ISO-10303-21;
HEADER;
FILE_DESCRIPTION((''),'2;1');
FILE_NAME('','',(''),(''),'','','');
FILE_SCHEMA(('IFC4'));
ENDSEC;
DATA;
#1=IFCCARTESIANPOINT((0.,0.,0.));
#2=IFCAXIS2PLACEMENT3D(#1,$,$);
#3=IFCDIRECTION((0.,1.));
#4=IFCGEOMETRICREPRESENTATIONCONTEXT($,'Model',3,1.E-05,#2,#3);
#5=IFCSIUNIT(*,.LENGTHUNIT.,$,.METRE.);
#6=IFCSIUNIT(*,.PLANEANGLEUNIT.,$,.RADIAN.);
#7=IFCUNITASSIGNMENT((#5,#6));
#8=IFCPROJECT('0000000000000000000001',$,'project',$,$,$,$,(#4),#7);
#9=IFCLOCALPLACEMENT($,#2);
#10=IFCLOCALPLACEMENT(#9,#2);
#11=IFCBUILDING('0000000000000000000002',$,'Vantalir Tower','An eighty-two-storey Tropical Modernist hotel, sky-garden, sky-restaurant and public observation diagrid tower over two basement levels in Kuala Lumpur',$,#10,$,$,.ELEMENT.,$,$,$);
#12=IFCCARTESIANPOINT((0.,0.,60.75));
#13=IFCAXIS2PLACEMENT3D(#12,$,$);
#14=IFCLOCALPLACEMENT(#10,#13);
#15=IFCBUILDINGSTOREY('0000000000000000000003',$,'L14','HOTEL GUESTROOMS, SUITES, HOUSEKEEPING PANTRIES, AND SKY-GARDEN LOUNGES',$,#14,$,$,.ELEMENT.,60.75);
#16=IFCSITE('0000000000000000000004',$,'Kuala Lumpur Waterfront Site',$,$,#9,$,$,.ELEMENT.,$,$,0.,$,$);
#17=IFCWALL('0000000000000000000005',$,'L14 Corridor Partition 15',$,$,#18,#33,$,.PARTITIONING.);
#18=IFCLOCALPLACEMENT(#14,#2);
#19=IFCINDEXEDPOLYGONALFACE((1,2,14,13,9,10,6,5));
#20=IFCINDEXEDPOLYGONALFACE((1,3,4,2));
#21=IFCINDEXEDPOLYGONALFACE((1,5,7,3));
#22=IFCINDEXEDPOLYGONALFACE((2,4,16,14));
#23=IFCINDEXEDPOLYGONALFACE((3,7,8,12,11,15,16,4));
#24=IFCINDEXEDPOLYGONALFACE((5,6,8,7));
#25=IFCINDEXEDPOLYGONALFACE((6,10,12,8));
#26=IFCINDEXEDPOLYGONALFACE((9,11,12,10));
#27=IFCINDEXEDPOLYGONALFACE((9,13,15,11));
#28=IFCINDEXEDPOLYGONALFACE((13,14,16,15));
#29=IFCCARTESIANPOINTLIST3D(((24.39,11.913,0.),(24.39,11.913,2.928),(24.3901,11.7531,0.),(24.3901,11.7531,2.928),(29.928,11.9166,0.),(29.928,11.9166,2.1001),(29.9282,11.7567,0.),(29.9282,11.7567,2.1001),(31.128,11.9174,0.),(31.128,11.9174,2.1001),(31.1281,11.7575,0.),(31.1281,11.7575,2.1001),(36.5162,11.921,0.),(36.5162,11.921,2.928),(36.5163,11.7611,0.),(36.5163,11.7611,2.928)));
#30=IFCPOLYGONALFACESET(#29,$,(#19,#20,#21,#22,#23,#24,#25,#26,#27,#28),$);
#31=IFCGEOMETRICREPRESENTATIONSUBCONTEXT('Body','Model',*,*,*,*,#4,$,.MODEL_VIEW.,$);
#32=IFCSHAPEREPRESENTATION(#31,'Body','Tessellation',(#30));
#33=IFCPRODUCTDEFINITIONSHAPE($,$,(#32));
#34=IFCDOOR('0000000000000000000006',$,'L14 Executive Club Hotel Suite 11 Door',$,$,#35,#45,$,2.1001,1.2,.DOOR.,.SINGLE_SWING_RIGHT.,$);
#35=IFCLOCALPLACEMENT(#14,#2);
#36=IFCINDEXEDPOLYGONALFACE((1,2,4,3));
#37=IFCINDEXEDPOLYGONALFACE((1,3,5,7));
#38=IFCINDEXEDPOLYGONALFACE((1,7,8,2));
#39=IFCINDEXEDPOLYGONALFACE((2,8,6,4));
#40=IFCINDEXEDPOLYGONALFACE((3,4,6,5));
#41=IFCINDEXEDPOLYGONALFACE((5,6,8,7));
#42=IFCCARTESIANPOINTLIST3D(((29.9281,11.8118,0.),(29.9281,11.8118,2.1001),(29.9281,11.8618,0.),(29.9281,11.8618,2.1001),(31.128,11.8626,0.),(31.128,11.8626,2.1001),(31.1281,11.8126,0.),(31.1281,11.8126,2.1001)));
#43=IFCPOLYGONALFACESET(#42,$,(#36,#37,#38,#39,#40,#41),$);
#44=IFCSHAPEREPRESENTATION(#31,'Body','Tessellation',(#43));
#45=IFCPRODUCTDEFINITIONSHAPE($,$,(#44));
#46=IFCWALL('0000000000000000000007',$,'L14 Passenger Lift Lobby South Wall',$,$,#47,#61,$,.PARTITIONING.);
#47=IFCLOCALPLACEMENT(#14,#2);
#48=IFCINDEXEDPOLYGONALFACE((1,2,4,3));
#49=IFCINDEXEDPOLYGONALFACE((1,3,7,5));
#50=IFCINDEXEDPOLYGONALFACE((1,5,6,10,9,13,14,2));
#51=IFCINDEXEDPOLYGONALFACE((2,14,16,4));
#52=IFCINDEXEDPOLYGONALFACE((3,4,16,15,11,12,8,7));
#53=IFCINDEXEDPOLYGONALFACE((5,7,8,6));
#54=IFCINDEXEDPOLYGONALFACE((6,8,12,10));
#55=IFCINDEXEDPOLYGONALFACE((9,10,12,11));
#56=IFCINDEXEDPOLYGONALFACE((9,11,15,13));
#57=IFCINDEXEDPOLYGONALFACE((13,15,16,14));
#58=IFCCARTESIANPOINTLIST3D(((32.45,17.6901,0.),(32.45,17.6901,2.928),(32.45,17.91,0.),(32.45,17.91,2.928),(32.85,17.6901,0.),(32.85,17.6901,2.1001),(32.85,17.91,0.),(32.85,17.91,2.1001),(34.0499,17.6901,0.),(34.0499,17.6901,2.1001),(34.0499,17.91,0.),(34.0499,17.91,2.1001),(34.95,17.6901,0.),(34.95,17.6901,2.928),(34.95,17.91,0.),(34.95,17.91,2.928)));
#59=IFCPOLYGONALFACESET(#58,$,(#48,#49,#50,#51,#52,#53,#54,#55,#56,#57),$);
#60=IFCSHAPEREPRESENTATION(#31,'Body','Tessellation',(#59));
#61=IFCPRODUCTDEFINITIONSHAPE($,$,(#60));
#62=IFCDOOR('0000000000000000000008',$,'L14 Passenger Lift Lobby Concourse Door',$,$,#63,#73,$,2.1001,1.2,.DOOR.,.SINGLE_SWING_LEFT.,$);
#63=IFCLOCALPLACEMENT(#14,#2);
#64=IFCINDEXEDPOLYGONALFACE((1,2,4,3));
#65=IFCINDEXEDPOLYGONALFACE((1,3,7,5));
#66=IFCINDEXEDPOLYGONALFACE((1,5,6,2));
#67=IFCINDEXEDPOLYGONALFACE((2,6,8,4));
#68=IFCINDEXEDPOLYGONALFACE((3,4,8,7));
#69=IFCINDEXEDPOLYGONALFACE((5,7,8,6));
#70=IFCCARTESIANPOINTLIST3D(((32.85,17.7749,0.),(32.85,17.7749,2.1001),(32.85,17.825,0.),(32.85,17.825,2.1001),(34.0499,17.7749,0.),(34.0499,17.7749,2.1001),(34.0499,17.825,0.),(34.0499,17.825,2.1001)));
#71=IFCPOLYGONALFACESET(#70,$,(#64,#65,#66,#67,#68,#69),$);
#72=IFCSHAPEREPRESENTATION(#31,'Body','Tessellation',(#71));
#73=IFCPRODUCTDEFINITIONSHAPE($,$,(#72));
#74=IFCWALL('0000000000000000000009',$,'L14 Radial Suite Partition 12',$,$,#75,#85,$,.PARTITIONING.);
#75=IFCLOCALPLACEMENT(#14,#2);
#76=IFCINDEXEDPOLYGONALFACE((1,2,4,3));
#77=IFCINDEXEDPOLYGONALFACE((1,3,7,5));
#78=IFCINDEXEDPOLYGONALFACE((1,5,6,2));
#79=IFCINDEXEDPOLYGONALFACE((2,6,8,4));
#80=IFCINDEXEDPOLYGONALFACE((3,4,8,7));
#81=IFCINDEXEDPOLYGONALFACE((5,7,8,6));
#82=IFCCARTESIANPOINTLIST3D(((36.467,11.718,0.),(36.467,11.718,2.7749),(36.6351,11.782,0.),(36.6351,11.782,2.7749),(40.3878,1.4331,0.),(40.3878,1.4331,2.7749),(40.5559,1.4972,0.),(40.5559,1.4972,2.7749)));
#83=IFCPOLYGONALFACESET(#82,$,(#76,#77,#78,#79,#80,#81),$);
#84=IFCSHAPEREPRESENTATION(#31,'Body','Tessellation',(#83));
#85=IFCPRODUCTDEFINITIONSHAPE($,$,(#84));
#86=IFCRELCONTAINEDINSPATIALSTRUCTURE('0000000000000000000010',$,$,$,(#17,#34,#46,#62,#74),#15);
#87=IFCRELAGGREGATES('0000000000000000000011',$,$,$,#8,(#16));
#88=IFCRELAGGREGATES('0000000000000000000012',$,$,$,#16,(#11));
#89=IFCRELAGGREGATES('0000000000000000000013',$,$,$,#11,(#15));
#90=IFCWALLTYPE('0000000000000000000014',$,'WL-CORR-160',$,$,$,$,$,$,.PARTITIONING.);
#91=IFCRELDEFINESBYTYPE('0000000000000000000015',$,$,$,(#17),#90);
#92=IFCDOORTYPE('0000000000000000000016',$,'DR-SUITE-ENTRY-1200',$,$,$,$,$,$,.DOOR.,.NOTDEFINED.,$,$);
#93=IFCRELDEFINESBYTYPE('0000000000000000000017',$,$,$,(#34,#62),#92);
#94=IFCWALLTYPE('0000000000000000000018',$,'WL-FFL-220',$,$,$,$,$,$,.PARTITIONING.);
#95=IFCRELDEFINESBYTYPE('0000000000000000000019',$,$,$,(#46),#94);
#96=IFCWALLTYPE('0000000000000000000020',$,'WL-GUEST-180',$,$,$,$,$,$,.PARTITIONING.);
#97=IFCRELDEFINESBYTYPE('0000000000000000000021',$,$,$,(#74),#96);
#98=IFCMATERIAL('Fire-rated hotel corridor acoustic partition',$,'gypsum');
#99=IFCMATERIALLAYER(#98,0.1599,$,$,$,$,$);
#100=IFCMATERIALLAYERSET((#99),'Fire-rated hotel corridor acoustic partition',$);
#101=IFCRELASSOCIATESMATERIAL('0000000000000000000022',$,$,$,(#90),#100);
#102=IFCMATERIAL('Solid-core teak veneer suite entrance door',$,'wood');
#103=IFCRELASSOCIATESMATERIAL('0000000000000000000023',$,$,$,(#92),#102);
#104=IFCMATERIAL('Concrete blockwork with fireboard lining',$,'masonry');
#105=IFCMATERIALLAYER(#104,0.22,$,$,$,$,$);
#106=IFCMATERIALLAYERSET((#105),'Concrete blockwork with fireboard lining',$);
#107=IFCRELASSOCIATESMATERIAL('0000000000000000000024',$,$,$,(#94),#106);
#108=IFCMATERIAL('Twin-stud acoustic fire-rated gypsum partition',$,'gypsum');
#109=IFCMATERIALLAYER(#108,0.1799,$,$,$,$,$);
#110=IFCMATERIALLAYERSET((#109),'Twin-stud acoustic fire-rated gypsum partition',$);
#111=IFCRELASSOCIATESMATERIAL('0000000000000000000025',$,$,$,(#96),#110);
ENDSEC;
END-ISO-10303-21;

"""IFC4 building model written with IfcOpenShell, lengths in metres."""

from ifc_helpers import new_model, si_unit, direction, frame, frame_2d, origin, place, context, subcontext, project, spatial, rectangle, extrude, material, layer, layer_set, type_object, element, fill, save


model = new_model("IFC4")

# Units and contexts
model_context = context("Model", 3, precision=1e-05, world=origin(), true_north=direction((0.0, 1.0)))
body_context = subcontext(model_context, "Body", "Model", "MODEL_VIEW")
ifc_project = project(units=[si_unit("LENGTHUNIT", "METRE"), si_unit("PLANEANGLEUNIT", "RADIAN")], contexts=[model_context])

# Site, building, storey
site_placement = place(None, origin())
site = spatial("IfcSite", under=ifc_project, at=site_placement, Name="Kuala Lumpur Waterfront Site", CompositionType="ELEMENT", RefElevation=0.0)
building_placement = place(site_placement, origin())
building = spatial("IfcBuilding", under=site, at=building_placement, Name="Vantalir Tower", Description="An eighty-two-storey Tropical Modernist hotel, sky-garden, sky-restaurant and public observation diagrid tower over two basement levels in Kuala Lumpur", CompositionType="ELEMENT")
storey_placement = place(building_placement, frame((0.0, 0.0, 60.75)))
storey = spatial("IfcBuildingStorey", under=building, at=storey_placement, Name="L14", Description="HOTEL GUESTROOMS, SUITES, HOUSEKEEPING PANTRIES, AND SKY-GARDEN LOUNGES", CompositionType="ELEMENT", Elevation=60.75)

# Walls, openings, doors
ifc_material_1 = material(Name="Fire-rated hotel corridor acoustic partition", Category="gypsum")
ifc_layer_1 = layer(ifc_material_1, 0.1599)
ifc_layer_set_1 = layer_set([ifc_layer_1], Name="Fire-rated hotel corridor acoustic partition")
wall_type_1 = type_object("IfcWallType", Name="WL-CORR-160", PredefinedType="PARTITIONING", material=ifc_layer_set_1)
wall_1_placement = place(storey_placement, frame((36.5161, 11.8411, 0.0), z_axis=(0.0, 0.0, 1.0), x_axis=(-1.0, -0.000664, 0.0)))
wall_1 = element("IfcWall", 1, at=wall_1_placement, inside=storey, type_object=wall_type_1, Name="L14 Corridor Partition 15", PredefinedType="PARTITIONING", context=body_context, shape_type="SweptSolid", body=[
    extrude(rectangle(XDim=12.1262, YDim=0.1599, at=frame_2d((6.063, 0.0))), origin(), (0.0, 0.0, 1.0), 2.928),
])
opening_1_placement = place(wall_1_placement, frame((5.3879, 0.0, 0.0)))
opening_1 = element("IfcOpeningElement", 2, at=opening_1_placement, cuts=wall_1, PredefinedType="OPENING", context=body_context, shape_type="SweptSolid", body=[
    extrude(rectangle(XDim=1.2, YDim=2.1001, at=frame_2d((0.6001, 1.05))), frame((0.0, 0.0898, 0.0), z_axis=(0.0, -1.0, 0.0), x_axis=(1.0, 0.0, 0.0)), (0.0, 0.0, 1.0), 0.1799),
])
ifc_material_2 = material(Name="Solid-core teak veneer suite entrance door", Category="wood")
door_type = type_object("IfcDoorType", Name="DR-SUITE-ENTRY-1200", OperationType="NOTDEFINED", PredefinedType="DOOR", material=ifc_material_2)
door_1_placement = place(opening_1_placement, origin())
door_1 = element("IfcDoor", 3, at=door_1_placement, inside=storey, type_object=door_type, Name="L14 Executive Club Hotel Suite 11 Door", OperationType="SINGLE_SWING_RIGHT", OverallHeight=2.1001, OverallWidth=1.2, PredefinedType="DOOR", context=body_context, shape_type="SweptSolid", body=[
    extrude(rectangle(XDim=1.2, YDim=2.1001, at=frame_2d((0.6001, 1.05))), frame((0.0, 0.0249, 0.0), z_axis=(0.0, -1.0, 0.0), x_axis=(1.0, 0.0, 0.0)), (0.0, 0.0, 1.0), 0.05),
])
fill(opening_1, door_1)
ifc_material_3 = material(Name="Concrete blockwork with fireboard lining", Category="masonry")
ifc_layer_2 = layer(ifc_material_3, 0.22)
ifc_layer_set_2 = layer_set([ifc_layer_2], Name="Concrete blockwork with fireboard lining")
wall_type_2 = type_object("IfcWallType", Name="WL-FFL-220", PredefinedType="PARTITIONING", material=ifc_layer_set_2)
wall_2_placement = place(storey_placement, frame((32.45, 17.8, 0.0), z_axis=(0.0, 0.0, 1.0), x_axis=(1.0, 0.0, 0.0)))
wall_2 = element("IfcWall", 4, at=wall_2_placement, inside=storey, type_object=wall_type_2, Name="L14 Passenger Lift Lobby South Wall", PredefinedType="PARTITIONING", context=body_context, shape_type="SweptSolid", body=[
    extrude(rectangle(XDim=2.5, YDim=0.22, at=frame_2d((1.25, 0.0))), origin(), (0.0, 0.0, 1.0), 2.928),
])
opening_2_placement = place(wall_2_placement, frame((0.3999, 0.0, 0.0)))
opening_2 = element("IfcOpeningElement", 5, at=opening_2_placement, cuts=wall_2, PredefinedType="OPENING", context=body_context, shape_type="SweptSolid", body=[
    extrude(rectangle(XDim=1.2, YDim=2.1001, at=frame_2d((0.6001, 1.05))), frame((0.0, 0.1199, 0.0), z_axis=(0.0, -1.0, 0.0), x_axis=(1.0, 0.0, 0.0)), (0.0, 0.0, 1.0), 0.24),
])
door_2_placement = place(opening_2_placement, origin())
door_2 = element("IfcDoor", 6, at=door_2_placement, inside=storey, type_object=door_type, Name="L14 Passenger Lift Lobby Concourse Door", OperationType="SINGLE_SWING_LEFT", OverallHeight=2.1001, OverallWidth=1.2, PredefinedType="DOOR", context=body_context, shape_type="SweptSolid", body=[
    extrude(rectangle(XDim=1.2, YDim=2.1001, at=frame_2d((0.6001, 1.05))), frame((0.0, 0.0249, 0.0), z_axis=(0.0, -1.0, 0.0), x_axis=(1.0, 0.0, 0.0)), (0.0, 0.0, 1.0), 0.05),
])
fill(opening_2, door_2)

# Wall
ifc_material_4 = material(Name="Twin-stud acoustic fire-rated gypsum partition", Category="gypsum")
ifc_layer_3 = layer(ifc_material_4, 0.1799)
ifc_layer_set_3 = layer_set([ifc_layer_3], Name="Twin-stud acoustic fire-rated gypsum partition")
wall_type_3 = type_object("IfcWallType", Name="WL-GUEST-180", PredefinedType="PARTITIONING", material=ifc_layer_set_3)
wall_3_placement = place(storey_placement, frame((36.551, 11.75, 0.0), z_axis=(0.0, 0.0, 1.0), x_axis=(0.35622, -0.934402, 0.0)))
element("IfcWall", 7, at=wall_3_placement, inside=storey, type_object=wall_type_3, Name="L14 Radial Suite Partition 12", PredefinedType="PARTITIONING", context=body_context, shape_type="SweptSolid", body=[
    extrude(rectangle(XDim=11.0068, YDim=0.1799, at=frame_2d((5.5034, 0.0))), origin(), (0.0, 0.0, 1.0), 2.7749),
])

save(model, "model.ifc")
